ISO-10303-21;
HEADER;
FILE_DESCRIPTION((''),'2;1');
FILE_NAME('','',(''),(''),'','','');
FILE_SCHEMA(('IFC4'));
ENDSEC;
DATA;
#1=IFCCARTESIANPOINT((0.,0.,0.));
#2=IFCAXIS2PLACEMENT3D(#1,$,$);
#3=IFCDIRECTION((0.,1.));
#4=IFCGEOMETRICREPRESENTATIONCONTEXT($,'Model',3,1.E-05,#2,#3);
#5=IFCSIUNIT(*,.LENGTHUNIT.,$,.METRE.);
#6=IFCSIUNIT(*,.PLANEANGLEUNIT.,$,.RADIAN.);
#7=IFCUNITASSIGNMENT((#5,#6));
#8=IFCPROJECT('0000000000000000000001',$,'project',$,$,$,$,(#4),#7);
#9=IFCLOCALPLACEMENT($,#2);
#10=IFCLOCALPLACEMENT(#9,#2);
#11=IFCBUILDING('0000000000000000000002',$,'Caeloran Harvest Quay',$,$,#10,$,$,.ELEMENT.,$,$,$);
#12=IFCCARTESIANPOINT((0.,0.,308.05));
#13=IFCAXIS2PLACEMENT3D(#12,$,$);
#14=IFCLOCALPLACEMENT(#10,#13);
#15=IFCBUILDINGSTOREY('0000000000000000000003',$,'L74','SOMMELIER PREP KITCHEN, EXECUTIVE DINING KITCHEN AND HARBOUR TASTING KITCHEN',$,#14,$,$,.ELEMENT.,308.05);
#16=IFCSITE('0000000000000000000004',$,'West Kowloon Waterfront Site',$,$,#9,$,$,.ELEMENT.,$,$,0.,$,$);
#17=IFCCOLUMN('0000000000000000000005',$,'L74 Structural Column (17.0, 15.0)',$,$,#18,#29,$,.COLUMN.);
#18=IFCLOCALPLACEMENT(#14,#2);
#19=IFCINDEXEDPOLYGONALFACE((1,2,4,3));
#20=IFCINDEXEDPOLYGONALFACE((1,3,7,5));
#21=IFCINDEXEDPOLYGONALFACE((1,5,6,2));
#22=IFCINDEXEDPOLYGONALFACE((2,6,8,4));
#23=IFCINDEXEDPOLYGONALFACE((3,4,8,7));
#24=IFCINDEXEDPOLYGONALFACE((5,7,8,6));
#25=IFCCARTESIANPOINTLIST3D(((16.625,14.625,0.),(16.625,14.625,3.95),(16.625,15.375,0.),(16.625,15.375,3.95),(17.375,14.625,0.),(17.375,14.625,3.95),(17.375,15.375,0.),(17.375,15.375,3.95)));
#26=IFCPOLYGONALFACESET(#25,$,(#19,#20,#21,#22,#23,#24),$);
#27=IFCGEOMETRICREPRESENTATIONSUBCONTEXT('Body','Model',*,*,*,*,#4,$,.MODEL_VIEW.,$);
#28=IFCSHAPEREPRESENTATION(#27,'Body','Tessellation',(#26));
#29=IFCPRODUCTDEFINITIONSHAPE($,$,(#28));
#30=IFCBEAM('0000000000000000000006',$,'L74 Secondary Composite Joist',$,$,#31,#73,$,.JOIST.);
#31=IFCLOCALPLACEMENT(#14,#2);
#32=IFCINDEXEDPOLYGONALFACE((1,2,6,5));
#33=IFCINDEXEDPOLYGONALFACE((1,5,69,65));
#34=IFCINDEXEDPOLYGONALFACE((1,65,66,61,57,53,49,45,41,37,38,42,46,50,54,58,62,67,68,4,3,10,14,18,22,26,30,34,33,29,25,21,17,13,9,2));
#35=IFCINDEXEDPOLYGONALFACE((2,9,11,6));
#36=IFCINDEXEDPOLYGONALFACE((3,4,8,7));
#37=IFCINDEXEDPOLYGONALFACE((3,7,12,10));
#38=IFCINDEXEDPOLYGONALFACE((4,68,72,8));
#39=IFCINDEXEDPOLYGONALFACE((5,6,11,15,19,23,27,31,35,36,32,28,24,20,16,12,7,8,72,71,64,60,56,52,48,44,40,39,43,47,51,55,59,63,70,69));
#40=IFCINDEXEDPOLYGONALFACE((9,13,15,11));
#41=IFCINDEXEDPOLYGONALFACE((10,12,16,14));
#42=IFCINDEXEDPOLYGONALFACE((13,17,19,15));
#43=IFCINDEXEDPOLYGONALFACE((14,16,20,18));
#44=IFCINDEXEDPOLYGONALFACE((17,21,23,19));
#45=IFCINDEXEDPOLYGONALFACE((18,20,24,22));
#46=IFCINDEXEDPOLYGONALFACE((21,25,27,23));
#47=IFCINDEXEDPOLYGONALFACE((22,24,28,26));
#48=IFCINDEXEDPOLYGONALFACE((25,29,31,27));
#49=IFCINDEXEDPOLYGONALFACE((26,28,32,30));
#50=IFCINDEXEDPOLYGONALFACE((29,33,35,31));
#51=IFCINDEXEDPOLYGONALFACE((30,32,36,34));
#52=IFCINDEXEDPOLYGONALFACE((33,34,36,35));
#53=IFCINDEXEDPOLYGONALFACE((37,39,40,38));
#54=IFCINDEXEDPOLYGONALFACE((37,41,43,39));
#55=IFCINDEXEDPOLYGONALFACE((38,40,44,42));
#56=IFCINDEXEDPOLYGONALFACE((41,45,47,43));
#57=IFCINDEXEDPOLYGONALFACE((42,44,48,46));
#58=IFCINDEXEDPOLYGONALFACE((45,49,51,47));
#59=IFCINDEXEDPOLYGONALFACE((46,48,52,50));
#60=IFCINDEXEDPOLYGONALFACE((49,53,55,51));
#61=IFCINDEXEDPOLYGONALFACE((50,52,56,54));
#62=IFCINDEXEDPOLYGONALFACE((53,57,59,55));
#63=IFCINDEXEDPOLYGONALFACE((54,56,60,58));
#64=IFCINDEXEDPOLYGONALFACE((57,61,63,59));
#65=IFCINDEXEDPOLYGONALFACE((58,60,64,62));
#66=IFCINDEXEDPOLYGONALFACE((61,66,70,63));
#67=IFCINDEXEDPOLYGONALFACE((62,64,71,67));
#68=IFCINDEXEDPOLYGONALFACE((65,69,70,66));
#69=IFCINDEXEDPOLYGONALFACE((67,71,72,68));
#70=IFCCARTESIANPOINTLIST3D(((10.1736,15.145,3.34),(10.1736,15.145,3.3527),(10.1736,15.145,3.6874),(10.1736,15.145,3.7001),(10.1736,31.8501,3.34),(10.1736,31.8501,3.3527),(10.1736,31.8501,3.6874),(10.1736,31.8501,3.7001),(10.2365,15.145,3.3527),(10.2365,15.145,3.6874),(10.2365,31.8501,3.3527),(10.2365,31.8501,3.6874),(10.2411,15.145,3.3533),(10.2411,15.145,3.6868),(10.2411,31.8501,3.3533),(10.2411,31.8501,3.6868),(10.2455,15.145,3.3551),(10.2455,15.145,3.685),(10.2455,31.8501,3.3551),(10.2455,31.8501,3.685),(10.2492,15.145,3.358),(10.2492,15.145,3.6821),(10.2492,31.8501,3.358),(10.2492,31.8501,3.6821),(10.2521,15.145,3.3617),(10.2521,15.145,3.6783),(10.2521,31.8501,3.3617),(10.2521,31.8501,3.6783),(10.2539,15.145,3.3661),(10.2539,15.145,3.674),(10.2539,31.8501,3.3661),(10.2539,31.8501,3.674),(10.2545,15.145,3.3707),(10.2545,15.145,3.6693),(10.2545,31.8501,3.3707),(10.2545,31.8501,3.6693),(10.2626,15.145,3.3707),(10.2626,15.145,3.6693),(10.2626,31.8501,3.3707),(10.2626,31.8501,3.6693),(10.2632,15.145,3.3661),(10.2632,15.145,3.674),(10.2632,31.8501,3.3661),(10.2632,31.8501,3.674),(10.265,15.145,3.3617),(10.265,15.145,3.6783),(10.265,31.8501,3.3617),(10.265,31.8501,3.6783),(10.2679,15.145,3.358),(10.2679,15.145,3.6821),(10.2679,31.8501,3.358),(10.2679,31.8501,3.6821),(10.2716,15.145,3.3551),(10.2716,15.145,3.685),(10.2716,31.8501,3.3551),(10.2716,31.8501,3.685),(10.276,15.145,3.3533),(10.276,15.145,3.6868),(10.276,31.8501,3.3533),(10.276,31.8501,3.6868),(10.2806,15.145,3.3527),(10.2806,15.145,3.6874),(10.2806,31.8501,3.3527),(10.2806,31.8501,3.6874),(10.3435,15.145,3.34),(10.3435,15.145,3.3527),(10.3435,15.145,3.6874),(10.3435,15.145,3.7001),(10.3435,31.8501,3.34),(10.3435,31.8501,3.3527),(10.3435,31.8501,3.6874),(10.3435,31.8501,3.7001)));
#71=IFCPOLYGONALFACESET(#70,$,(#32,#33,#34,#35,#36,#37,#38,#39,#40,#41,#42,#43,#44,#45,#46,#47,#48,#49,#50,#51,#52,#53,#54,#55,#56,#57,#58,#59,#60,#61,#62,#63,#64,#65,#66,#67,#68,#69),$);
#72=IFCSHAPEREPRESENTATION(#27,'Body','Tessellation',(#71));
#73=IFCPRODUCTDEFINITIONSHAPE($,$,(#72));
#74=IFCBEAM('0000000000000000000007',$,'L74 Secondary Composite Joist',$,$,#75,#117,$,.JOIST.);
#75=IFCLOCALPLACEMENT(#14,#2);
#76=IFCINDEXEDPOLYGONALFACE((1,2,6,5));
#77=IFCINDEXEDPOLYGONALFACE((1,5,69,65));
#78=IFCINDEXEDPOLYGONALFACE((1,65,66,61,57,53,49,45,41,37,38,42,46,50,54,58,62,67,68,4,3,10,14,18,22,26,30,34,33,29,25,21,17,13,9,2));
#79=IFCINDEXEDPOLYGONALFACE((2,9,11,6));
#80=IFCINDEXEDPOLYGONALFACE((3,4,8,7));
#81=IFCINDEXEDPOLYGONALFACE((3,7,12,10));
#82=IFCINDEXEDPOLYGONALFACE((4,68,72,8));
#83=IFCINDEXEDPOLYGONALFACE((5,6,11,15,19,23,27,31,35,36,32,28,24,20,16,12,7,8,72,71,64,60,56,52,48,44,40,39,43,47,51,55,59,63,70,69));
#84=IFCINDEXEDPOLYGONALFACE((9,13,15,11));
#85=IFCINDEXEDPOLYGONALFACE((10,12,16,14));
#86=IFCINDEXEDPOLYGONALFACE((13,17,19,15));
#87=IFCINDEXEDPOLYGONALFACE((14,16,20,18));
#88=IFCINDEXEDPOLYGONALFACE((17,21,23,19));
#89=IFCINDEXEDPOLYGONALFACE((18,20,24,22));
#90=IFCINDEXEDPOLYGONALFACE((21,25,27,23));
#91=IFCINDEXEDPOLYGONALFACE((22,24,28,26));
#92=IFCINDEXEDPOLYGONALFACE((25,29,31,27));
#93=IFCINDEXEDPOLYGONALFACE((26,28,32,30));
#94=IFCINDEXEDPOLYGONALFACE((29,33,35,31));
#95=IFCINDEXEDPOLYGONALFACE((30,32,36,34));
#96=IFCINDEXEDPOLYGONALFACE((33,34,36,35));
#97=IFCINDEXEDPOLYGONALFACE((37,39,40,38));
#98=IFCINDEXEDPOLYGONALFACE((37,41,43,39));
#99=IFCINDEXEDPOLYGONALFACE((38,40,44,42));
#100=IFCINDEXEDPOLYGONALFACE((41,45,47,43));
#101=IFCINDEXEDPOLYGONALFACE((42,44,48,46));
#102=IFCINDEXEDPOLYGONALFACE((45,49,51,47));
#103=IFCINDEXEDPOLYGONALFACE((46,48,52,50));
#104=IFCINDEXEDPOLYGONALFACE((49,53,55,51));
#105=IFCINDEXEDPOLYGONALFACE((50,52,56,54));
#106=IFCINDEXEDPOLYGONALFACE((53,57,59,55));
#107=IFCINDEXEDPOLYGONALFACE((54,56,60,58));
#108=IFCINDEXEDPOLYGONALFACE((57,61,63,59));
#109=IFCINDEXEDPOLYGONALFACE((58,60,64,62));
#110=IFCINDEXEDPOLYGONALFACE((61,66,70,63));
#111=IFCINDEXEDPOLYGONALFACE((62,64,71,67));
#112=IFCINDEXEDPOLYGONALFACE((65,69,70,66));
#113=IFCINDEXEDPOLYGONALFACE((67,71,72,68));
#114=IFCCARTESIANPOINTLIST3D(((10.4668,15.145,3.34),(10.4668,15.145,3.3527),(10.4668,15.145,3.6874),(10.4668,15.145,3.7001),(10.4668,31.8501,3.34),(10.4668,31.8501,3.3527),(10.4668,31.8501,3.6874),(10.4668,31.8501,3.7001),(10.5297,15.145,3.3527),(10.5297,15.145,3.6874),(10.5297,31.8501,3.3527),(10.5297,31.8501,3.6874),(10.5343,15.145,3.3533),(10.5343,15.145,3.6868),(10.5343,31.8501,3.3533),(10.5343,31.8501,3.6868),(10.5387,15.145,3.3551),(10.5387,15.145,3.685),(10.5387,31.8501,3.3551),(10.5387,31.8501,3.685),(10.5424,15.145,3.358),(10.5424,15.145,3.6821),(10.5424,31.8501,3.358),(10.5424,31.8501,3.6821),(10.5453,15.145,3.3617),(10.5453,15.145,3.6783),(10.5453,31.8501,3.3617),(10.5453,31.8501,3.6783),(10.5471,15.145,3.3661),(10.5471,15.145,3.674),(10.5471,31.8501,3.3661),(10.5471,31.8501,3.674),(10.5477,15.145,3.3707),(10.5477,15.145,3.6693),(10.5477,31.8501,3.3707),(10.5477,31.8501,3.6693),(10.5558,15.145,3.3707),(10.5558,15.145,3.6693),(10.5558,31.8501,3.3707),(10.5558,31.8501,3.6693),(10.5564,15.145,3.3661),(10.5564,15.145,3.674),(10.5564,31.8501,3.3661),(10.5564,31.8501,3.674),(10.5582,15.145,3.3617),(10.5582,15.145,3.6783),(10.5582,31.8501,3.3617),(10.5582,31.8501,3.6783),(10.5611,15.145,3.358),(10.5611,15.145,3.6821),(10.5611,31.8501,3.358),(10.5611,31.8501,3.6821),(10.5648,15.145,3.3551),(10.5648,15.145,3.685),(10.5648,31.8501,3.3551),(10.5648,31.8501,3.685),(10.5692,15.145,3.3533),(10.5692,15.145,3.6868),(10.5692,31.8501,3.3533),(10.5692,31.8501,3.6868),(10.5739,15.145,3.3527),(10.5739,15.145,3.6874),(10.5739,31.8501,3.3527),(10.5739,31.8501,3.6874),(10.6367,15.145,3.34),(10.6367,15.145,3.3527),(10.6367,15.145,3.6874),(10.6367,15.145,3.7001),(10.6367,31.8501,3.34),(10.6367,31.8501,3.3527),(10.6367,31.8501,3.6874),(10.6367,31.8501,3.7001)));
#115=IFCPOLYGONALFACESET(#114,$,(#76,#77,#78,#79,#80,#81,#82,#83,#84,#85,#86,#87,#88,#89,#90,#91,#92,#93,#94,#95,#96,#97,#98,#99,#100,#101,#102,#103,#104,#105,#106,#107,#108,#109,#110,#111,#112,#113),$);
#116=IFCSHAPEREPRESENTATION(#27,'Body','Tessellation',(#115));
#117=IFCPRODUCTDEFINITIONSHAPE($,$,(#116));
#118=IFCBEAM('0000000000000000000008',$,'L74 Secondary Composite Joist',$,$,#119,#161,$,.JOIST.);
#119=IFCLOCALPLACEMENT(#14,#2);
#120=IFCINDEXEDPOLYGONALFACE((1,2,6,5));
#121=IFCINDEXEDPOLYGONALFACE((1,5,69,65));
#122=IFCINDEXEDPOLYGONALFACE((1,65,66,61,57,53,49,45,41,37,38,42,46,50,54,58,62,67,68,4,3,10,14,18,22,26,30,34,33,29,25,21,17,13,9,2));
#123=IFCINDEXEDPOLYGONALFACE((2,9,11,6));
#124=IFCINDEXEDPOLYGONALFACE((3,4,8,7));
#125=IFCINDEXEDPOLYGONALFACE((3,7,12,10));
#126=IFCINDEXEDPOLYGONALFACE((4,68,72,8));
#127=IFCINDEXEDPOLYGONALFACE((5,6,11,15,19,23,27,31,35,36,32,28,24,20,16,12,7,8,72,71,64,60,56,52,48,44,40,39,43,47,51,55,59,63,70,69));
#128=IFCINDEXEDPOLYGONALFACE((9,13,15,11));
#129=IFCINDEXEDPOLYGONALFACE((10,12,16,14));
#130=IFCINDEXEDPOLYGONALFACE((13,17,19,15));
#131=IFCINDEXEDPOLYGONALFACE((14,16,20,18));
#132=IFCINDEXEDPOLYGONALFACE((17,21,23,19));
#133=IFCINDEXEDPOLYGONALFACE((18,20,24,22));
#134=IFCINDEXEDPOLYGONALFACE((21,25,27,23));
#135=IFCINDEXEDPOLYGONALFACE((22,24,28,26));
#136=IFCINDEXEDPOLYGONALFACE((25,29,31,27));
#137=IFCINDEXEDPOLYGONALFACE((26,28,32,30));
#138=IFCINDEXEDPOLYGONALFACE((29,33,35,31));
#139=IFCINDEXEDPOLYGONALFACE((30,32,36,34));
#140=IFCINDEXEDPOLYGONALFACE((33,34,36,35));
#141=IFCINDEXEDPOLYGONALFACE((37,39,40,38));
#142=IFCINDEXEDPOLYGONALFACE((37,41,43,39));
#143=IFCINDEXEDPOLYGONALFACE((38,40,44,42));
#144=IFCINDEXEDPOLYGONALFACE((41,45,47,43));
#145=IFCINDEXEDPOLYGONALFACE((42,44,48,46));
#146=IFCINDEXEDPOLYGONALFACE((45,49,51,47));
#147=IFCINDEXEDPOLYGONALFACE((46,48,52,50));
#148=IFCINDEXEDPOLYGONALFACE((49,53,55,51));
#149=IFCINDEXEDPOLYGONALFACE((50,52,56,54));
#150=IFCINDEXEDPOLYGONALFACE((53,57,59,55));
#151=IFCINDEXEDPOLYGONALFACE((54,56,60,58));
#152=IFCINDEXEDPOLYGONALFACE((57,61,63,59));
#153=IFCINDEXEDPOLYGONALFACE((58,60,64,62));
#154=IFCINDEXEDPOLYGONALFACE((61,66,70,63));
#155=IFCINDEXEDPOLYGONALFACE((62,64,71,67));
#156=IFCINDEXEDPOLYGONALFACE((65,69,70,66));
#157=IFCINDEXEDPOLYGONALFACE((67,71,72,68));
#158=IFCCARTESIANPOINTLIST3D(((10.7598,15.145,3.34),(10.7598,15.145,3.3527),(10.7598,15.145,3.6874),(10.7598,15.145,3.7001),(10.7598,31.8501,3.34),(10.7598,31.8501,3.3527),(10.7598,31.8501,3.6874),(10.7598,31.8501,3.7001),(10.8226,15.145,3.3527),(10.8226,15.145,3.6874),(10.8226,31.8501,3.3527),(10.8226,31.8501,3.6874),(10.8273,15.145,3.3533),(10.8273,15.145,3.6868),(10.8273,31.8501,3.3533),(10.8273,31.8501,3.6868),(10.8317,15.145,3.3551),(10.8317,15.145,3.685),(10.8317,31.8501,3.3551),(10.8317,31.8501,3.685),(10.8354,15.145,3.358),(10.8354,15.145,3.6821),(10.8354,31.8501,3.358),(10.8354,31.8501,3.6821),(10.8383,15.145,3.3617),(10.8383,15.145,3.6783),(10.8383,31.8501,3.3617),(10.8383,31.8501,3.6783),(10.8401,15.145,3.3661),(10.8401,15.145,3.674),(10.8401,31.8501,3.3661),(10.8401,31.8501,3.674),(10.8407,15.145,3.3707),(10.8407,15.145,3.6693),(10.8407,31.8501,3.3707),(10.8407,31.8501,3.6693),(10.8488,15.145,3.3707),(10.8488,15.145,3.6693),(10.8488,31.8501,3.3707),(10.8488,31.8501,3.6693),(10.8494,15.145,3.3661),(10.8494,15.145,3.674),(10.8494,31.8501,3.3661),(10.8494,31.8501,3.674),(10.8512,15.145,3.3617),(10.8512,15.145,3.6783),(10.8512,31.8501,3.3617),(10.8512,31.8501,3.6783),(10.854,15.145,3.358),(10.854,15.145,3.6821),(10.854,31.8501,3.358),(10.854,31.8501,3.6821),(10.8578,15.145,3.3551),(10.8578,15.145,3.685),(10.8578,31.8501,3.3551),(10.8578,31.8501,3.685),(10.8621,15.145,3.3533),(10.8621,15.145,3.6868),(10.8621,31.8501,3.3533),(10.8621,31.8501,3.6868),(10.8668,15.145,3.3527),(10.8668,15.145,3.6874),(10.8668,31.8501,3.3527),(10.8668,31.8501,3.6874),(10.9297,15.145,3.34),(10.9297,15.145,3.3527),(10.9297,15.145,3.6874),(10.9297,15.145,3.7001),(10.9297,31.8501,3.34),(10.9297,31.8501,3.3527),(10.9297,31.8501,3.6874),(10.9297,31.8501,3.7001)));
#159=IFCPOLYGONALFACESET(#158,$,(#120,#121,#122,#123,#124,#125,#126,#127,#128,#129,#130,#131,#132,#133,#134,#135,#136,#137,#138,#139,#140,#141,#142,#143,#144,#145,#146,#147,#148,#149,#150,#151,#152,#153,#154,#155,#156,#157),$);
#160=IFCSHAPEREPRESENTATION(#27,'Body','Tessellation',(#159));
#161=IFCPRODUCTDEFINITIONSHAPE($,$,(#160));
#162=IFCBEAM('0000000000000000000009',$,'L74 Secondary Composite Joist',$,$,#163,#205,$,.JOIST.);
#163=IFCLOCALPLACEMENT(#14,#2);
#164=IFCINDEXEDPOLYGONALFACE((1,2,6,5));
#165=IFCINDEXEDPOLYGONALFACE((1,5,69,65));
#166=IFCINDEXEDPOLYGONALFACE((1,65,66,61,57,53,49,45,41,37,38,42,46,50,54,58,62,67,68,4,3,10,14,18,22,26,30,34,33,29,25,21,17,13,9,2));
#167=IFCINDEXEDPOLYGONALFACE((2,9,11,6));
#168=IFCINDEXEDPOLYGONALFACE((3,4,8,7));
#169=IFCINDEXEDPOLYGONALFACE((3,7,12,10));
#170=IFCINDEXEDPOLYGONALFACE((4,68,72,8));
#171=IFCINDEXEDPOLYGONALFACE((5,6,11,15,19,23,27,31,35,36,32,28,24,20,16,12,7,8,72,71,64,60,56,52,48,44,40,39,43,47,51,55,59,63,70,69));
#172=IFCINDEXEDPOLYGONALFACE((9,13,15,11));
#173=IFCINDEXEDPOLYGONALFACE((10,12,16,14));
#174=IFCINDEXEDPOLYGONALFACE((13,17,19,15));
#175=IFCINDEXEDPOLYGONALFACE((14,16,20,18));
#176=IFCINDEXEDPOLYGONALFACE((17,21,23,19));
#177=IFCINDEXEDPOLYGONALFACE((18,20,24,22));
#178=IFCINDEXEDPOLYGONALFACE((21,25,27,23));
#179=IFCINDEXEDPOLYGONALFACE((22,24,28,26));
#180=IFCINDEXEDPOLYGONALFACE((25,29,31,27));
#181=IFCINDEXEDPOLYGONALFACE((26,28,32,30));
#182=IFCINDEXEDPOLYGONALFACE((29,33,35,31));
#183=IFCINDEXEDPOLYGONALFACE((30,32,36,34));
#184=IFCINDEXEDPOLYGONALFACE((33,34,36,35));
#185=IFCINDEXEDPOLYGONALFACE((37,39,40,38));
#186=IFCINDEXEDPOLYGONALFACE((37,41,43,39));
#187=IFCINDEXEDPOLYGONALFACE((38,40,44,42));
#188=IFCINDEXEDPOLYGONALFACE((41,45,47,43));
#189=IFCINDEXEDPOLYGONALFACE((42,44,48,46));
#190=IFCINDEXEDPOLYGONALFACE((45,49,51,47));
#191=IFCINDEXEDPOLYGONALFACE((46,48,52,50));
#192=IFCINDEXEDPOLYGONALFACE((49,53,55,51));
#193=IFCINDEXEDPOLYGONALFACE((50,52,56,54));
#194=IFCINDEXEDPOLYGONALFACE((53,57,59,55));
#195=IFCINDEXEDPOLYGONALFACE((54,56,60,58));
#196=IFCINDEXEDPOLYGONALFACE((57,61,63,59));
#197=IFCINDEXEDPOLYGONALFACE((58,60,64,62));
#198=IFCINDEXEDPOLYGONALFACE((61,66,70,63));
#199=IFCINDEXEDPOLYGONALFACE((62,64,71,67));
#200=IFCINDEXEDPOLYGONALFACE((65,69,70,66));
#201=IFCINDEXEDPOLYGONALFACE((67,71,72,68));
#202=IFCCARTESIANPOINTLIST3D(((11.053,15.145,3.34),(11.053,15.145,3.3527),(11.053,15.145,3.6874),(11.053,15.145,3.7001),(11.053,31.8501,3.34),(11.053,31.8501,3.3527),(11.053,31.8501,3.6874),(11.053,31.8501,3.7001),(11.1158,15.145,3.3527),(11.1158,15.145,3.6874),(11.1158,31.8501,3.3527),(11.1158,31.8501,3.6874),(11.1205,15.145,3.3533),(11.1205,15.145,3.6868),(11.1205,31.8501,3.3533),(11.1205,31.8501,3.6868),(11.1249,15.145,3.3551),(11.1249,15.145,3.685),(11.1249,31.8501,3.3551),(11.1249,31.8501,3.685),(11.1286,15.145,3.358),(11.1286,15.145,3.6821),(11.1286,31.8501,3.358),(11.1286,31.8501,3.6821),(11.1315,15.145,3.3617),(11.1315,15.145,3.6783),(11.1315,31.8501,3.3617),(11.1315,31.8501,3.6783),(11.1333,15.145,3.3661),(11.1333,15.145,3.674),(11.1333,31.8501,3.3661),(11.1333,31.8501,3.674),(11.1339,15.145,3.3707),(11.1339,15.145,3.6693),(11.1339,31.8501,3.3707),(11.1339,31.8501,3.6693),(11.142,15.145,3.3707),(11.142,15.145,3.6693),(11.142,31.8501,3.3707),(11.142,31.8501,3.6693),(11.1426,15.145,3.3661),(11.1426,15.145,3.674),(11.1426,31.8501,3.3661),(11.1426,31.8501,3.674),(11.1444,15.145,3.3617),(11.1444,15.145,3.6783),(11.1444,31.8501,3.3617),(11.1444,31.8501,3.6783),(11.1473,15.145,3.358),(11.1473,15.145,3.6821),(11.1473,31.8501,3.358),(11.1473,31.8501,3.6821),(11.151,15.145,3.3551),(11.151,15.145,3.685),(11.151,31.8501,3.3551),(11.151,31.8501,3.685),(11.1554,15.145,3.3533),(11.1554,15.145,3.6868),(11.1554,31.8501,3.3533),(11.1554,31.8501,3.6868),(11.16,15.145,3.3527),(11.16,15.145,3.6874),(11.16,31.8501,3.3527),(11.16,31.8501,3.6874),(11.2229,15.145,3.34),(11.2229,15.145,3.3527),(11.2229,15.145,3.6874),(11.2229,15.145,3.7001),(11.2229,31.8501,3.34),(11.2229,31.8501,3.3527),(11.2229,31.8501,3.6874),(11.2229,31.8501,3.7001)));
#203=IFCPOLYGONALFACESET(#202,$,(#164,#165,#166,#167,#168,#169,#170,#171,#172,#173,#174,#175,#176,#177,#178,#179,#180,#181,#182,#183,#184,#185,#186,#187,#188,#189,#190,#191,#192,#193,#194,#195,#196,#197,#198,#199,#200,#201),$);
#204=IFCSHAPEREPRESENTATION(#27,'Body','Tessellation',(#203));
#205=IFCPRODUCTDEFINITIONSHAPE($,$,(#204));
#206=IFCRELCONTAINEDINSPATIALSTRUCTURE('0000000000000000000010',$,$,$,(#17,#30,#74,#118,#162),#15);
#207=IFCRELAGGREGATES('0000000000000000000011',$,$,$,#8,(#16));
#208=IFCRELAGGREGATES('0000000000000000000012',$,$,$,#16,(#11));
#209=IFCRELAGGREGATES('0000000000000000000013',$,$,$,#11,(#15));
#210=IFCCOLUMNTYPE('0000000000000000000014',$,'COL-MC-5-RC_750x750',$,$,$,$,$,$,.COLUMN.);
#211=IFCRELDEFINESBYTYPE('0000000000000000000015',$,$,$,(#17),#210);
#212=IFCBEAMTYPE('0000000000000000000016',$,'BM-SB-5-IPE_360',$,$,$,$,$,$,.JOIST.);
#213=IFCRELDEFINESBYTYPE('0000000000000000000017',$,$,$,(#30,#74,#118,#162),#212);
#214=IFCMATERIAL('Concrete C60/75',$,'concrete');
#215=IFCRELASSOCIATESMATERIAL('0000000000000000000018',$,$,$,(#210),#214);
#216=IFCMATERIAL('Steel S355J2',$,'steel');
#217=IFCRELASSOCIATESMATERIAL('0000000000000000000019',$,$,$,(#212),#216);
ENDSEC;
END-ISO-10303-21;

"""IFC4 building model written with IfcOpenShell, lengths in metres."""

from ifc_helpers import new_model, si_unit, direction, frame, origin, origin_2d, place, context, subcontext, project, spatial, rectangle, i_section, extrude, material, material_profile, profile_set, type_object, element, save


model = new_model("IFC4")

# Units and contexts
model_context = context("Model", 3, precision=1e-05, world=origin(), true_north=direction((0.0, 1.0)))
body_context = subcontext(model_context, "Body", "Model", "MODEL_VIEW")
ifc_project = project(units=[si_unit("LENGTHUNIT", "METRE"), si_unit("PLANEANGLEUNIT", "RADIAN")], contexts=[model_context])

# Site, building, storey
site_placement = place(None, origin())
site = spatial("IfcSite", under=ifc_project, at=site_placement, Name="West Kowloon Waterfront Site", CompositionType="ELEMENT", RefElevation=0.0)
building_placement = place(site_placement, origin())
building = spatial("IfcBuilding", under=site, at=building_placement, Name="Caeloran Harvest Quay", CompositionType="ELEMENT")
storey_placement = place(building_placement, frame((0.0, 0.0, 308.05)))
storey = spatial("IfcBuildingStorey", under=building, at=storey_placement, Name="L74", Description="SOMMELIER PREP KITCHEN, EXECUTIVE DINING KITCHEN AND HARBOUR TASTING KITCHEN", CompositionType="ELEMENT", Elevation=308.05)

# Column
ifc_material_1 = material(Name="Concrete C60/75", Category="concrete")
ifc_material_profile_1 = material_profile(ifc_material_1, rectangle(XDim=0.75, YDim=0.75, at=origin_2d()), Name="RC 750x750")
ifc_profile_set_1 = profile_set([ifc_material_profile_1], Name="Concrete C60/75")
column_type = type_object("IfcColumnType", Name="COL-MC-5-RC_750x750", PredefinedType="COLUMN", material=ifc_profile_set_1)
column_placement = place(storey_placement, frame((17.0, 15.0, 0.0), z_axis=(0.0, 0.0, 1.0), x_axis=(1.0, 0.0, 0.0)))
element("IfcColumn", 1, at=column_placement, inside=storey, type_object=column_type, Name="L74 Structural Column (17.0, 15.0)", PredefinedType="COLUMN", context=body_context, shape_type="SweptSolid", body=[
    extrude(rectangle(XDim=0.75, YDim=0.75, at=origin_2d()), origin(), (0.0, 0.0, 1.0), 3.95),
])

# Beams
ifc_material_2 = material(Name="Steel S355J2", Category="steel")
ifc_material_profile_2 = material_profile(ifc_material_2, i_section(OverallWidth=0.1699, OverallDepth=0.3601, WebThickness=0.0081, FlangeThickness=0.0127, FilletRadius=0.0181, at=origin_2d()), Name="IPE 360")
ifc_profile_set_2 = profile_set([ifc_material_profile_2], Name="Steel S355J2")
beam_type_1 = type_object("IfcBeamType", Name="BM-SB-5-IPE_360", PredefinedType="JOIST", material=ifc_profile_set_2)
for number, where, z_axis, x_axis, name in (
    (2, (10.2585, 15.145, 3.52), (0.0, 1.0, 0.0), (-1.0, 0.0, 0.0), "L74 Secondary Composite Joist"),
    (3, (10.5518, 15.145, 3.52), (0.0, 1.0, 0.0), (-1.0, 0.0, 0.0), "L74 Secondary Composite Joist"),
    (4, (10.8447, 15.145, 3.52), (0.0, 1.0, 0.0), (-1.0, 0.0, 0.0), "L74 Secondary Composite Joist"),
    (5, (11.1379, 15.145, 3.52), (0.0, 1.0, 0.0), (-1.0, 0.0, 0.0), "L74 Secondary Composite Joist"),
):
    element("IfcBeam", number, at=place(storey_placement, frame(where, z_axis=z_axis, x_axis=x_axis)), inside=storey, type_object=beam_type_1, Name=name, PredefinedType="JOIST", context=body_context, shape_type="SweptSolid", body=[
        extrude(i_section(OverallWidth=0.1699, OverallDepth=0.3601, WebThickness=0.0081, FlangeThickness=0.0127, FilletRadius=0.0181, at=origin_2d()), origin(), (0.0, 0.0, 1.0), 16.7051),
    ])

save(model, "model.ifc")
